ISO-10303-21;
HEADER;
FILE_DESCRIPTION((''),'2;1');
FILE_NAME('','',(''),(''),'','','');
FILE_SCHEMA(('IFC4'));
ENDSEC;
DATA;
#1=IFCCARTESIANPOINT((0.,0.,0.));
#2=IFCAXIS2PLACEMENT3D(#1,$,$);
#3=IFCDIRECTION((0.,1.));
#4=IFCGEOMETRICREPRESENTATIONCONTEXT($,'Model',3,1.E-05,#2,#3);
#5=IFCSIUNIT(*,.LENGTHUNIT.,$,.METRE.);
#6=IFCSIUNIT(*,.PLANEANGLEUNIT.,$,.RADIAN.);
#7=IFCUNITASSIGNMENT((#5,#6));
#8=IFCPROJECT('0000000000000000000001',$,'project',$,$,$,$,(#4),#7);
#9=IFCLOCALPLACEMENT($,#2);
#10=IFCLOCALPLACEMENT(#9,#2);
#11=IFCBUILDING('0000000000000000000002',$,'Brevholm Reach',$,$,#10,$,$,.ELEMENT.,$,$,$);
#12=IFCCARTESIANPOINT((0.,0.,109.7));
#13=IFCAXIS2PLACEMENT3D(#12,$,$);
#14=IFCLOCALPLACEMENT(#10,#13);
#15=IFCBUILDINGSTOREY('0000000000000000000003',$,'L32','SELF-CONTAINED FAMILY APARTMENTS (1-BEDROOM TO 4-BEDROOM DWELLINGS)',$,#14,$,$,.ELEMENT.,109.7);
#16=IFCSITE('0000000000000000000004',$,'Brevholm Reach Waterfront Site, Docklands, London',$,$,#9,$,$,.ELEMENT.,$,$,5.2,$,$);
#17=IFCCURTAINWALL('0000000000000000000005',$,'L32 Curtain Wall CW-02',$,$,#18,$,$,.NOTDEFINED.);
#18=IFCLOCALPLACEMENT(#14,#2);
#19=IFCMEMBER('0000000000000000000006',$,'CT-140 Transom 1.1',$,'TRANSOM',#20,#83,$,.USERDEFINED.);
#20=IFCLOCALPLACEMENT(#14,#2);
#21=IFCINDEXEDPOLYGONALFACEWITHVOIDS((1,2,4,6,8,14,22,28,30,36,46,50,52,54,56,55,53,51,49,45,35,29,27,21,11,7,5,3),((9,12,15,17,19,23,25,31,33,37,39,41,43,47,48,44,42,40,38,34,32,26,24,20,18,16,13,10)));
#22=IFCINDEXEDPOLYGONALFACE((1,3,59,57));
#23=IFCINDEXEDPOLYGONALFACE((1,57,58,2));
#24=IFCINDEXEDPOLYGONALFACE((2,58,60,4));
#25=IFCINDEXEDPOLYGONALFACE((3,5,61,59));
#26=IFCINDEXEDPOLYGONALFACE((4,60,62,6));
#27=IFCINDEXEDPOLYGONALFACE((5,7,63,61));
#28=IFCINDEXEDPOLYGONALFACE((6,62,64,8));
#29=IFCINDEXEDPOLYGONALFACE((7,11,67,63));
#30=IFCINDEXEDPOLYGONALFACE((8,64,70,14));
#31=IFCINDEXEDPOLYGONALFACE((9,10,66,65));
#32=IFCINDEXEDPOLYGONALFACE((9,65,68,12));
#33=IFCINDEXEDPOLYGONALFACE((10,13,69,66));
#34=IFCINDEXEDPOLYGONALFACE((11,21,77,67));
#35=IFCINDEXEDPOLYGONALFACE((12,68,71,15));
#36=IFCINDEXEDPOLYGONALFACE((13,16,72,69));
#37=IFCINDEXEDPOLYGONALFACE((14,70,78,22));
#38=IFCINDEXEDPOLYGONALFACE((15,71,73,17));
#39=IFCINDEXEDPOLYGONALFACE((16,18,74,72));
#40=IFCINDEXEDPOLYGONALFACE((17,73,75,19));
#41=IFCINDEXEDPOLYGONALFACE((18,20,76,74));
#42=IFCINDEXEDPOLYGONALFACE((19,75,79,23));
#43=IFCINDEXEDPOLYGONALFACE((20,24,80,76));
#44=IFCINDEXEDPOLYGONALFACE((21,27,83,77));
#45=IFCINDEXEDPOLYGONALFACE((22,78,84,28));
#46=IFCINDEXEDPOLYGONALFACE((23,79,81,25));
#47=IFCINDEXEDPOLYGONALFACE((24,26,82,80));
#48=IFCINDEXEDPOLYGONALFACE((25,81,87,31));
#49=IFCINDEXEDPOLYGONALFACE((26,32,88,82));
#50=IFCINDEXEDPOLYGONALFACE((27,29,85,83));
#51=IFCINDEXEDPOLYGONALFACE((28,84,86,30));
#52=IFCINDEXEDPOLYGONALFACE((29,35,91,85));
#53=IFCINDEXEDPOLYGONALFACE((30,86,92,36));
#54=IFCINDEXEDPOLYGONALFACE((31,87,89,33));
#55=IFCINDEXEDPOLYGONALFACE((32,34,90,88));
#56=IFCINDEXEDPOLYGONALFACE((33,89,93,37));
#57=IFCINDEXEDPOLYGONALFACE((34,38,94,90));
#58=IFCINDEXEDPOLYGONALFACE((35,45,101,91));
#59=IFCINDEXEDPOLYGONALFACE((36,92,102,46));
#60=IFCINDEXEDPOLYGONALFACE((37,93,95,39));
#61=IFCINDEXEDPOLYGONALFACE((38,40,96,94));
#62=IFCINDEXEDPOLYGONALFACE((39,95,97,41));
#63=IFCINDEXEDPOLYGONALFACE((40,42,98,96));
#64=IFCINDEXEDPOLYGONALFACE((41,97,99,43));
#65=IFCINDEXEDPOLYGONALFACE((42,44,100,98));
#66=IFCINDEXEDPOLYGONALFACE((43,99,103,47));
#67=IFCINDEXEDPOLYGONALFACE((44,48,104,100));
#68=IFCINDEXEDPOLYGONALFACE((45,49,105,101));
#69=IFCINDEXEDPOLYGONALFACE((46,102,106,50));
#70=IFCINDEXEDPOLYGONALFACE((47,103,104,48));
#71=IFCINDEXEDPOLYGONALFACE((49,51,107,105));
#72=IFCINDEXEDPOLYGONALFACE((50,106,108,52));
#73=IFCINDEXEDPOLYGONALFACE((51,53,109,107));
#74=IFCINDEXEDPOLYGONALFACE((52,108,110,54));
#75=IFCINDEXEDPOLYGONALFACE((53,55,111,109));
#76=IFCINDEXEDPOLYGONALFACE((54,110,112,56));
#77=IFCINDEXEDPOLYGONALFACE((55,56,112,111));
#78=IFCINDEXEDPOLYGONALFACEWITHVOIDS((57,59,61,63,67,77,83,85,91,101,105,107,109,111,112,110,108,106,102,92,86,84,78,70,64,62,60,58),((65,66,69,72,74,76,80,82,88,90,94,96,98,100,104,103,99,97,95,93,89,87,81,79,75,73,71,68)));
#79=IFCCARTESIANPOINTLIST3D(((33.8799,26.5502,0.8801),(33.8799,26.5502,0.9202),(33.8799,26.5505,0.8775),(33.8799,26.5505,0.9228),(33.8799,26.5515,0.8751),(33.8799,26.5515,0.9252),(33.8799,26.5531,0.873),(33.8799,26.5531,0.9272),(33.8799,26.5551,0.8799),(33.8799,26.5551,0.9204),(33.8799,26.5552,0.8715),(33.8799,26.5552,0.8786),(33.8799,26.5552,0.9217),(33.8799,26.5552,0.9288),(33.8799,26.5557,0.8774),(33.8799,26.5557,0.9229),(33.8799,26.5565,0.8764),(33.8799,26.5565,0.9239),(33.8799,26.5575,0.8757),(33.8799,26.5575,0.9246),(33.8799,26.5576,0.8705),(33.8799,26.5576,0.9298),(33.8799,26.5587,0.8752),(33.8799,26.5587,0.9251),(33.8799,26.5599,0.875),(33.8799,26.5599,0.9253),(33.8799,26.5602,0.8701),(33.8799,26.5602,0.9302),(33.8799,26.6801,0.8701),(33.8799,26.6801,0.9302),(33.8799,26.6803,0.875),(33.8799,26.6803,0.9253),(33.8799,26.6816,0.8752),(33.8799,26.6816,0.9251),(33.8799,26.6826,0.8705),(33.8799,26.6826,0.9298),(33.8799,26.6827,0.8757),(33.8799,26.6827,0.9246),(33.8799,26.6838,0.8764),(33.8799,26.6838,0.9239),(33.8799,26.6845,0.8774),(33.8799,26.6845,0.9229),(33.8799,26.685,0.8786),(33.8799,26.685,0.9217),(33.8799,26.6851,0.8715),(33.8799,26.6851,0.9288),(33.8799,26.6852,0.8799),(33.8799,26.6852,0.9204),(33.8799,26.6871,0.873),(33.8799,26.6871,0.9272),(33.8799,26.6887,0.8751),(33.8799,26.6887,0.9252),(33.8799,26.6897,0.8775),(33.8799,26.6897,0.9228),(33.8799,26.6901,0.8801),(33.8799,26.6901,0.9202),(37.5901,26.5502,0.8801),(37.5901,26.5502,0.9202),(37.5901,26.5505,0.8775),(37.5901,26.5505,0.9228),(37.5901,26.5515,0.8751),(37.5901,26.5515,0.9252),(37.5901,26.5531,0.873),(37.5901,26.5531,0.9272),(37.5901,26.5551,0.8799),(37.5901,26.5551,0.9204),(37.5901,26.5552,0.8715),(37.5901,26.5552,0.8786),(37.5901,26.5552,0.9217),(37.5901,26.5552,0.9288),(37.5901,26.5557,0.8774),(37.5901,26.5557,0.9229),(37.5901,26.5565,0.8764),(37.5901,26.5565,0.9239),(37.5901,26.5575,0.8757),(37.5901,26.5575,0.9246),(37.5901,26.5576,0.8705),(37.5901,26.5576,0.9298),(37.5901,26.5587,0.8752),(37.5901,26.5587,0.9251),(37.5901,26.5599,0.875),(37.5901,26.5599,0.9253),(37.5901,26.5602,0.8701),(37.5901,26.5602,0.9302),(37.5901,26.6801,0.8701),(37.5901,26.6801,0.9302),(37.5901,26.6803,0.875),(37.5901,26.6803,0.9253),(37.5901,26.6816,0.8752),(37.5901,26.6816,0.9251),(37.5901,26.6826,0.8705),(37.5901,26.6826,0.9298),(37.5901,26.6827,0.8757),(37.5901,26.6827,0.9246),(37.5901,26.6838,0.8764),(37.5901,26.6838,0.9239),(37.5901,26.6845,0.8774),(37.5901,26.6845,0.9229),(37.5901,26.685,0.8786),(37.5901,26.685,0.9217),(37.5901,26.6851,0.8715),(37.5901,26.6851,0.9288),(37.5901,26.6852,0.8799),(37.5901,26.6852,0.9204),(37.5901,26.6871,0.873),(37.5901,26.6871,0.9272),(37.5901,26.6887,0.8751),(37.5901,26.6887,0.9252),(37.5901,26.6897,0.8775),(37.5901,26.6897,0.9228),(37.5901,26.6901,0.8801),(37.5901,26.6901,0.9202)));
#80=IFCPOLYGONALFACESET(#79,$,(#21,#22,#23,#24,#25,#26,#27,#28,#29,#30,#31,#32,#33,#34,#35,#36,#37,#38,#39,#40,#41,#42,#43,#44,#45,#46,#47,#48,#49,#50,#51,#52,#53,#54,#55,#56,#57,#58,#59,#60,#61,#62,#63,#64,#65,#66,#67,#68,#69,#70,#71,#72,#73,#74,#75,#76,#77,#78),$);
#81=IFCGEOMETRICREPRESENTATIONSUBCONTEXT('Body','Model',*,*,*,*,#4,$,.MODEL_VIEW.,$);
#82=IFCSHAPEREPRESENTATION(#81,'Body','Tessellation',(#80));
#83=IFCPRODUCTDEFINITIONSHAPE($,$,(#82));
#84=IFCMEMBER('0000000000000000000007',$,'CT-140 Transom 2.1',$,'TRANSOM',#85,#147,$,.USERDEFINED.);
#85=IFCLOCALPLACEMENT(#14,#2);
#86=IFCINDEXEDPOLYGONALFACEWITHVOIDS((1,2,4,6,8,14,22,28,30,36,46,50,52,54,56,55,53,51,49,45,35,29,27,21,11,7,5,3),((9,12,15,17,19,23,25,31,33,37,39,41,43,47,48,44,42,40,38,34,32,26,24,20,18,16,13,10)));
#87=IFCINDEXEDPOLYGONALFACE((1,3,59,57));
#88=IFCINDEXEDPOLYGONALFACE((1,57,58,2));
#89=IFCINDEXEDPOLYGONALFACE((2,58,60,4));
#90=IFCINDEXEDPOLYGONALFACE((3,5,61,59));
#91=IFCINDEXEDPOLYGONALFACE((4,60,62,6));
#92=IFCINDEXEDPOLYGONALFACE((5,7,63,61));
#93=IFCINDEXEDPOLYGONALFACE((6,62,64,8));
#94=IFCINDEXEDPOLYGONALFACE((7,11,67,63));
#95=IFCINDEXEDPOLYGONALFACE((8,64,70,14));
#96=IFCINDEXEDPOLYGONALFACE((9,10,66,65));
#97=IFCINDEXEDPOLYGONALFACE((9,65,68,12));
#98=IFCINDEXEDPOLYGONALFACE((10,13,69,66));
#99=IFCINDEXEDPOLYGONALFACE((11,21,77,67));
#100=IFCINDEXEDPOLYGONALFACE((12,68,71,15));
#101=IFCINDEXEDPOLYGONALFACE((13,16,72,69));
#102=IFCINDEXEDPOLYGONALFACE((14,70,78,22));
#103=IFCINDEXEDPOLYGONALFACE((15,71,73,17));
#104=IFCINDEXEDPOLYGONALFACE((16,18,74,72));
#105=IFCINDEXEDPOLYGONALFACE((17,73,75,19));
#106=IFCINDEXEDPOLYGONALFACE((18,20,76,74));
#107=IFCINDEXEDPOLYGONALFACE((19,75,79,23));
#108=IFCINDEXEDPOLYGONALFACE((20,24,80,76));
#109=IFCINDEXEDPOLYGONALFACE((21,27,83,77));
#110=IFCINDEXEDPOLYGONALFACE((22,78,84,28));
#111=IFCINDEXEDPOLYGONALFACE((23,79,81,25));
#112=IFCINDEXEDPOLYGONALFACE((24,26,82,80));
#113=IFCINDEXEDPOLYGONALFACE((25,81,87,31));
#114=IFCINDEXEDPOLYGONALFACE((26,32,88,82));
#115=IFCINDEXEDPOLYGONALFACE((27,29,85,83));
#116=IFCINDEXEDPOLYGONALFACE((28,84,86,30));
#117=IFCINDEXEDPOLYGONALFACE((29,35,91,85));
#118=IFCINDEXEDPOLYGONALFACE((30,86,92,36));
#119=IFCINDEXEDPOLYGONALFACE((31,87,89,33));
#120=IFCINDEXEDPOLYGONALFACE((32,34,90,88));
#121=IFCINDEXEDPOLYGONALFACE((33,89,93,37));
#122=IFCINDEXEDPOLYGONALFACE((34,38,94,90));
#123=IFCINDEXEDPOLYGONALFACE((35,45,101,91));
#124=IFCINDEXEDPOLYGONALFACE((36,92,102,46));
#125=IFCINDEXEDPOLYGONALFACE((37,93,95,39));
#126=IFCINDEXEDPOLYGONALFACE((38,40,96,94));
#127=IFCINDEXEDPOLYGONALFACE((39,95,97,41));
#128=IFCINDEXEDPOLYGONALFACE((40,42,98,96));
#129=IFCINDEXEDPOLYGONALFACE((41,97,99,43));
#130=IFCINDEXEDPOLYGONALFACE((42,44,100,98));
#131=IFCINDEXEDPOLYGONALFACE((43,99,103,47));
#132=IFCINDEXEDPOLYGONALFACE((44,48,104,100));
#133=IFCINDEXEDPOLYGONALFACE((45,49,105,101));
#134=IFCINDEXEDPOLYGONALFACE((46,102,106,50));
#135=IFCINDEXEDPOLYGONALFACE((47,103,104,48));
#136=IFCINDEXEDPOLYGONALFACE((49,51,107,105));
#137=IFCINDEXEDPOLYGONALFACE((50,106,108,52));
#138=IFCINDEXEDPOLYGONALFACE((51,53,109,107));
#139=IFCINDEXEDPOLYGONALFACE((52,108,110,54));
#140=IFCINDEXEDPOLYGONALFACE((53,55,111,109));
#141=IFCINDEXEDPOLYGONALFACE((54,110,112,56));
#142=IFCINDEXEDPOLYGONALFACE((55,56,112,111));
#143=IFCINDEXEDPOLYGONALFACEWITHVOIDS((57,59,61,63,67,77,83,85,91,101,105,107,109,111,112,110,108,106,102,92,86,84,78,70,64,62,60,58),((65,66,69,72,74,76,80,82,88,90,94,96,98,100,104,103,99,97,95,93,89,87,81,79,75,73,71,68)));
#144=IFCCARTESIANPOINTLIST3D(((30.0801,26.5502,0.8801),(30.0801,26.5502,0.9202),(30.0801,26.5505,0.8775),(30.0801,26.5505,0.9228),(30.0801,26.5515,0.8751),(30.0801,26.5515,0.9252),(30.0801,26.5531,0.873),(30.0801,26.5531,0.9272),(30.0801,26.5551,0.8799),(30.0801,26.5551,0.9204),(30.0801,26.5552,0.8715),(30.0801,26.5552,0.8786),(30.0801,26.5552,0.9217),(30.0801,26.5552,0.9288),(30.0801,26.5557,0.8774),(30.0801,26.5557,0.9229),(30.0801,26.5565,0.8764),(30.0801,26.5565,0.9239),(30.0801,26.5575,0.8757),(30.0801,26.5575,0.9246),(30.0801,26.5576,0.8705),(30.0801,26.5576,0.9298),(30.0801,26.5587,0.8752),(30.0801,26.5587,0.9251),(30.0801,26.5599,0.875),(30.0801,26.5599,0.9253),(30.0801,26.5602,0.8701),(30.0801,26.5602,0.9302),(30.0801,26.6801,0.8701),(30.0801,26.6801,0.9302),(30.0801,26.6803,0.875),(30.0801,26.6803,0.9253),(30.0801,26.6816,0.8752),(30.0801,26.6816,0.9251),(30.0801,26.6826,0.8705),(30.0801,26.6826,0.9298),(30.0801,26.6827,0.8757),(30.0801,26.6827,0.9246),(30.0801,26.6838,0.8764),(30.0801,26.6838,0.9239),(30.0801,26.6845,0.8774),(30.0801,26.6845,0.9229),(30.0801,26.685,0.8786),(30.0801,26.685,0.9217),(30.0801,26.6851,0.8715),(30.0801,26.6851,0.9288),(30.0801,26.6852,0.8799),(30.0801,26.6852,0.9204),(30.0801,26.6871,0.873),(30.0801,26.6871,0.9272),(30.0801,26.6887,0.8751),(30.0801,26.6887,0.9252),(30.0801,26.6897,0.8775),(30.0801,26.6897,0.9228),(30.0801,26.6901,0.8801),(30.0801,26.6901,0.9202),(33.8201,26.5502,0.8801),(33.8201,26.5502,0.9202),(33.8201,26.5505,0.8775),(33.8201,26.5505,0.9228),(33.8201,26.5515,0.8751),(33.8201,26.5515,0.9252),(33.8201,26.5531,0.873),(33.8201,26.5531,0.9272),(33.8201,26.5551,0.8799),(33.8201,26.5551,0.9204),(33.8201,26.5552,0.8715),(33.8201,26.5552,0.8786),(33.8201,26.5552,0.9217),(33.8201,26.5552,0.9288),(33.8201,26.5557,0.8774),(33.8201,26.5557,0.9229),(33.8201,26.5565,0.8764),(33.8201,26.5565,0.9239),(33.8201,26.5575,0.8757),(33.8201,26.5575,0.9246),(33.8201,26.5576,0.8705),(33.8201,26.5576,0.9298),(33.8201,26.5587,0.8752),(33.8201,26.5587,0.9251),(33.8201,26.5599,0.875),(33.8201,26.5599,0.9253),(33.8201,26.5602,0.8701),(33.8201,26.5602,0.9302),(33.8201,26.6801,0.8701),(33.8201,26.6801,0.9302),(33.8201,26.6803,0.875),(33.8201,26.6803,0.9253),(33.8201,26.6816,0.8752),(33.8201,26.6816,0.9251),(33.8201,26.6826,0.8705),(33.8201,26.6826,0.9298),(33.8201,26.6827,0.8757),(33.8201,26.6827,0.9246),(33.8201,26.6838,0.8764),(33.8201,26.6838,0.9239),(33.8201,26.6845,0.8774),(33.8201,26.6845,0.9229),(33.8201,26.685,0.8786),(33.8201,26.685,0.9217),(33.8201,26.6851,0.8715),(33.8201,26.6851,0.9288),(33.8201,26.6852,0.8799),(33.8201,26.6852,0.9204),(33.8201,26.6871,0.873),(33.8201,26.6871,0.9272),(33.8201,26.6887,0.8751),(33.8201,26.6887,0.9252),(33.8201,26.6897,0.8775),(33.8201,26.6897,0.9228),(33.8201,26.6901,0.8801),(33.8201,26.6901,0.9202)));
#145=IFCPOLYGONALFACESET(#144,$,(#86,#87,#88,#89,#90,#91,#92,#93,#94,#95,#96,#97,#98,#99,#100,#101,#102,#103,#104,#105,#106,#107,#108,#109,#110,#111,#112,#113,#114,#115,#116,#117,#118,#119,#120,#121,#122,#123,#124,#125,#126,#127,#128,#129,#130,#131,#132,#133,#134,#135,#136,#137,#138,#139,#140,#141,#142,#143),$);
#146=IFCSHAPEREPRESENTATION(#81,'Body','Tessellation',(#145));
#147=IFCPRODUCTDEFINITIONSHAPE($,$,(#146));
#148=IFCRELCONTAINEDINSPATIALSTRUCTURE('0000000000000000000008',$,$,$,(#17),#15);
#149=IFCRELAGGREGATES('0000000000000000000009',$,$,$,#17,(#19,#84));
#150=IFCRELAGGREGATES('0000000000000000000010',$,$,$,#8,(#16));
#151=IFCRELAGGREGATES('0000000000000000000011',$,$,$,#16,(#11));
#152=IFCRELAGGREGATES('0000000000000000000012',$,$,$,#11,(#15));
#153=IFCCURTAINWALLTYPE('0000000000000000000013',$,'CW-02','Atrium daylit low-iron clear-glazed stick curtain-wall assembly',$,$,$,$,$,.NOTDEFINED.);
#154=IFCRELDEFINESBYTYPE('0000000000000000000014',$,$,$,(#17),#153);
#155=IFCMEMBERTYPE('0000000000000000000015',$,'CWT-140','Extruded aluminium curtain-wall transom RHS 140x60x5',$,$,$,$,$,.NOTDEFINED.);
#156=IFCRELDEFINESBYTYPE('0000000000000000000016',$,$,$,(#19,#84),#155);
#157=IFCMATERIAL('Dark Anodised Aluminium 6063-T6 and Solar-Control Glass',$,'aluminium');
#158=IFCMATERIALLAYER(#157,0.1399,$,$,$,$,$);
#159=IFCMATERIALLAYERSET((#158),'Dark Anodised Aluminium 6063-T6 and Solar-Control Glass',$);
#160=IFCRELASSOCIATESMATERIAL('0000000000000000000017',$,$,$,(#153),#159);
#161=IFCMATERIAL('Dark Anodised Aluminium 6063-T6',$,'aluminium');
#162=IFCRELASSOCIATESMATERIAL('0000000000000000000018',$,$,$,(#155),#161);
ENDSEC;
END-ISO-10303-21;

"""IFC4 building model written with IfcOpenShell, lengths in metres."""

from ifc_helpers import new_model, si_unit, direction, frame, origin, origin_2d, place, context, subcontext, project, spatial, hollow_rectangle, extrude, material, layer, layer_set, material_profile, profile_set, type_object, element, aggregate, save


model = new_model("IFC4")

# Units and contexts
model_context = context("Model", 3, precision=1e-05, world=origin(), true_north=direction((0.0, 1.0)))
body_context = subcontext(model_context, "Body", "Model", "MODEL_VIEW")
ifc_project = project(units=[si_unit("LENGTHUNIT", "METRE"), si_unit("PLANEANGLEUNIT", "RADIAN")], contexts=[model_context])

# Site, building, storey
site_placement = place(None, origin())
site = spatial("IfcSite", under=ifc_project, at=site_placement, Name="Brevholm Reach Waterfront Site, Docklands, London", CompositionType="ELEMENT", RefElevation=5.2)
building_placement = place(site_placement, origin())
building = spatial("IfcBuilding", under=site, at=building_placement, Name="Brevholm Reach", CompositionType="ELEMENT")
storey_placement = place(building_placement, frame((0.0, 0.0, 109.7)))
storey = spatial("IfcBuildingStorey", under=building, at=storey_placement, Name="L32", Description="SELF-CONTAINED FAMILY APARTMENTS (1-BEDROOM TO 4-BEDROOM DWELLINGS)", CompositionType="ELEMENT", Elevation=109.7)

# Curtain wall
ifc_material_1 = material(Name="Dark Anodised Aluminium 6063-T6 and Solar-Control Glass", Category="aluminium")
ifc_layer_1 = layer(ifc_material_1, 0.1399)
ifc_layer_set_1 = layer_set([ifc_layer_1], Name="Dark Anodised Aluminium 6063-T6 and Solar-Control Glass")
curtain_wall_type_1 = type_object("IfcCurtainWallType", Name="CW-02", Description="Atrium daylit low-iron clear-glazed stick curtain-wall assembly", PredefinedType="NOTDEFINED", material=ifc_layer_set_1)
curtain_wall_1_placement = place(storey_placement, origin())
curtain_wall_1 = element("IfcCurtainWall", 1, at=curtain_wall_1_placement, inside=storey, type_object=curtain_wall_type_1, Name="L32 Curtain Wall CW-02", PredefinedType="NOTDEFINED")

# Members
ifc_material_2 = material(Name="Dark Anodised Aluminium 6063-T6", Category="aluminium")
ifc_material_profile_1 = material_profile(ifc_material_2, hollow_rectangle(XDim=0.0601, YDim=0.1399, WallThickness=0.0049, InnerFilletRadius=0.0049, OuterFilletRadius=0.01, at=origin_2d()), Name="RHS 140x60x5")
ifc_profile_set_1 = profile_set([ifc_material_profile_1], Name="Dark Anodised Aluminium 6063-T6")
member_type_1 = type_object("IfcMemberType", Name="CWT-140", Description="Extruded aluminium curtain-wall transom RHS 140x60x5", PredefinedType="NOTDEFINED", material=ifc_profile_set_1)
member_1_placement = place(storey_placement, frame((37.5901, 26.6201, 0.9001), z_axis=(-1.0, 0.0, 0.0), x_axis=(0.0, 0.0, 1.0)))
member_1 = element("IfcMember", 2, at=member_1_placement, type_object=member_type_1, Name="CT-140 Transom 1.1", ObjectType="TRANSOM", PredefinedType="USERDEFINED", context=body_context, shape_type="SweptSolid", body=[
    extrude(hollow_rectangle(XDim=0.0601, YDim=0.1399, WallThickness=0.0049, InnerFilletRadius=0.0049, OuterFilletRadius=0.01, at=origin_2d()), origin(), (0.0, 0.0, 1.0), 3.7102),
])
member_2_placement = place(storey_placement, frame((33.8201, 26.6201, 0.9001), z_axis=(-1.0, 0.0, 0.0), x_axis=(0.0, 0.0, 1.0)))
member_2 = element("IfcMember", 3, at=member_2_placement, type_object=member_type_1, Name="CT-140 Transom 2.1", ObjectType="TRANSOM", PredefinedType="USERDEFINED", context=body_context, shape_type="SweptSolid", body=[
    extrude(hollow_rectangle(XDim=0.0601, YDim=0.1399, WallThickness=0.0049, InnerFilletRadius=0.0049, OuterFilletRadius=0.01, at=origin_2d()), origin(), (0.0, 0.0, 1.0), 3.74),
])

aggregate(curtain_wall_1, [member_1, member_2])

save(model, "model.ifc")
